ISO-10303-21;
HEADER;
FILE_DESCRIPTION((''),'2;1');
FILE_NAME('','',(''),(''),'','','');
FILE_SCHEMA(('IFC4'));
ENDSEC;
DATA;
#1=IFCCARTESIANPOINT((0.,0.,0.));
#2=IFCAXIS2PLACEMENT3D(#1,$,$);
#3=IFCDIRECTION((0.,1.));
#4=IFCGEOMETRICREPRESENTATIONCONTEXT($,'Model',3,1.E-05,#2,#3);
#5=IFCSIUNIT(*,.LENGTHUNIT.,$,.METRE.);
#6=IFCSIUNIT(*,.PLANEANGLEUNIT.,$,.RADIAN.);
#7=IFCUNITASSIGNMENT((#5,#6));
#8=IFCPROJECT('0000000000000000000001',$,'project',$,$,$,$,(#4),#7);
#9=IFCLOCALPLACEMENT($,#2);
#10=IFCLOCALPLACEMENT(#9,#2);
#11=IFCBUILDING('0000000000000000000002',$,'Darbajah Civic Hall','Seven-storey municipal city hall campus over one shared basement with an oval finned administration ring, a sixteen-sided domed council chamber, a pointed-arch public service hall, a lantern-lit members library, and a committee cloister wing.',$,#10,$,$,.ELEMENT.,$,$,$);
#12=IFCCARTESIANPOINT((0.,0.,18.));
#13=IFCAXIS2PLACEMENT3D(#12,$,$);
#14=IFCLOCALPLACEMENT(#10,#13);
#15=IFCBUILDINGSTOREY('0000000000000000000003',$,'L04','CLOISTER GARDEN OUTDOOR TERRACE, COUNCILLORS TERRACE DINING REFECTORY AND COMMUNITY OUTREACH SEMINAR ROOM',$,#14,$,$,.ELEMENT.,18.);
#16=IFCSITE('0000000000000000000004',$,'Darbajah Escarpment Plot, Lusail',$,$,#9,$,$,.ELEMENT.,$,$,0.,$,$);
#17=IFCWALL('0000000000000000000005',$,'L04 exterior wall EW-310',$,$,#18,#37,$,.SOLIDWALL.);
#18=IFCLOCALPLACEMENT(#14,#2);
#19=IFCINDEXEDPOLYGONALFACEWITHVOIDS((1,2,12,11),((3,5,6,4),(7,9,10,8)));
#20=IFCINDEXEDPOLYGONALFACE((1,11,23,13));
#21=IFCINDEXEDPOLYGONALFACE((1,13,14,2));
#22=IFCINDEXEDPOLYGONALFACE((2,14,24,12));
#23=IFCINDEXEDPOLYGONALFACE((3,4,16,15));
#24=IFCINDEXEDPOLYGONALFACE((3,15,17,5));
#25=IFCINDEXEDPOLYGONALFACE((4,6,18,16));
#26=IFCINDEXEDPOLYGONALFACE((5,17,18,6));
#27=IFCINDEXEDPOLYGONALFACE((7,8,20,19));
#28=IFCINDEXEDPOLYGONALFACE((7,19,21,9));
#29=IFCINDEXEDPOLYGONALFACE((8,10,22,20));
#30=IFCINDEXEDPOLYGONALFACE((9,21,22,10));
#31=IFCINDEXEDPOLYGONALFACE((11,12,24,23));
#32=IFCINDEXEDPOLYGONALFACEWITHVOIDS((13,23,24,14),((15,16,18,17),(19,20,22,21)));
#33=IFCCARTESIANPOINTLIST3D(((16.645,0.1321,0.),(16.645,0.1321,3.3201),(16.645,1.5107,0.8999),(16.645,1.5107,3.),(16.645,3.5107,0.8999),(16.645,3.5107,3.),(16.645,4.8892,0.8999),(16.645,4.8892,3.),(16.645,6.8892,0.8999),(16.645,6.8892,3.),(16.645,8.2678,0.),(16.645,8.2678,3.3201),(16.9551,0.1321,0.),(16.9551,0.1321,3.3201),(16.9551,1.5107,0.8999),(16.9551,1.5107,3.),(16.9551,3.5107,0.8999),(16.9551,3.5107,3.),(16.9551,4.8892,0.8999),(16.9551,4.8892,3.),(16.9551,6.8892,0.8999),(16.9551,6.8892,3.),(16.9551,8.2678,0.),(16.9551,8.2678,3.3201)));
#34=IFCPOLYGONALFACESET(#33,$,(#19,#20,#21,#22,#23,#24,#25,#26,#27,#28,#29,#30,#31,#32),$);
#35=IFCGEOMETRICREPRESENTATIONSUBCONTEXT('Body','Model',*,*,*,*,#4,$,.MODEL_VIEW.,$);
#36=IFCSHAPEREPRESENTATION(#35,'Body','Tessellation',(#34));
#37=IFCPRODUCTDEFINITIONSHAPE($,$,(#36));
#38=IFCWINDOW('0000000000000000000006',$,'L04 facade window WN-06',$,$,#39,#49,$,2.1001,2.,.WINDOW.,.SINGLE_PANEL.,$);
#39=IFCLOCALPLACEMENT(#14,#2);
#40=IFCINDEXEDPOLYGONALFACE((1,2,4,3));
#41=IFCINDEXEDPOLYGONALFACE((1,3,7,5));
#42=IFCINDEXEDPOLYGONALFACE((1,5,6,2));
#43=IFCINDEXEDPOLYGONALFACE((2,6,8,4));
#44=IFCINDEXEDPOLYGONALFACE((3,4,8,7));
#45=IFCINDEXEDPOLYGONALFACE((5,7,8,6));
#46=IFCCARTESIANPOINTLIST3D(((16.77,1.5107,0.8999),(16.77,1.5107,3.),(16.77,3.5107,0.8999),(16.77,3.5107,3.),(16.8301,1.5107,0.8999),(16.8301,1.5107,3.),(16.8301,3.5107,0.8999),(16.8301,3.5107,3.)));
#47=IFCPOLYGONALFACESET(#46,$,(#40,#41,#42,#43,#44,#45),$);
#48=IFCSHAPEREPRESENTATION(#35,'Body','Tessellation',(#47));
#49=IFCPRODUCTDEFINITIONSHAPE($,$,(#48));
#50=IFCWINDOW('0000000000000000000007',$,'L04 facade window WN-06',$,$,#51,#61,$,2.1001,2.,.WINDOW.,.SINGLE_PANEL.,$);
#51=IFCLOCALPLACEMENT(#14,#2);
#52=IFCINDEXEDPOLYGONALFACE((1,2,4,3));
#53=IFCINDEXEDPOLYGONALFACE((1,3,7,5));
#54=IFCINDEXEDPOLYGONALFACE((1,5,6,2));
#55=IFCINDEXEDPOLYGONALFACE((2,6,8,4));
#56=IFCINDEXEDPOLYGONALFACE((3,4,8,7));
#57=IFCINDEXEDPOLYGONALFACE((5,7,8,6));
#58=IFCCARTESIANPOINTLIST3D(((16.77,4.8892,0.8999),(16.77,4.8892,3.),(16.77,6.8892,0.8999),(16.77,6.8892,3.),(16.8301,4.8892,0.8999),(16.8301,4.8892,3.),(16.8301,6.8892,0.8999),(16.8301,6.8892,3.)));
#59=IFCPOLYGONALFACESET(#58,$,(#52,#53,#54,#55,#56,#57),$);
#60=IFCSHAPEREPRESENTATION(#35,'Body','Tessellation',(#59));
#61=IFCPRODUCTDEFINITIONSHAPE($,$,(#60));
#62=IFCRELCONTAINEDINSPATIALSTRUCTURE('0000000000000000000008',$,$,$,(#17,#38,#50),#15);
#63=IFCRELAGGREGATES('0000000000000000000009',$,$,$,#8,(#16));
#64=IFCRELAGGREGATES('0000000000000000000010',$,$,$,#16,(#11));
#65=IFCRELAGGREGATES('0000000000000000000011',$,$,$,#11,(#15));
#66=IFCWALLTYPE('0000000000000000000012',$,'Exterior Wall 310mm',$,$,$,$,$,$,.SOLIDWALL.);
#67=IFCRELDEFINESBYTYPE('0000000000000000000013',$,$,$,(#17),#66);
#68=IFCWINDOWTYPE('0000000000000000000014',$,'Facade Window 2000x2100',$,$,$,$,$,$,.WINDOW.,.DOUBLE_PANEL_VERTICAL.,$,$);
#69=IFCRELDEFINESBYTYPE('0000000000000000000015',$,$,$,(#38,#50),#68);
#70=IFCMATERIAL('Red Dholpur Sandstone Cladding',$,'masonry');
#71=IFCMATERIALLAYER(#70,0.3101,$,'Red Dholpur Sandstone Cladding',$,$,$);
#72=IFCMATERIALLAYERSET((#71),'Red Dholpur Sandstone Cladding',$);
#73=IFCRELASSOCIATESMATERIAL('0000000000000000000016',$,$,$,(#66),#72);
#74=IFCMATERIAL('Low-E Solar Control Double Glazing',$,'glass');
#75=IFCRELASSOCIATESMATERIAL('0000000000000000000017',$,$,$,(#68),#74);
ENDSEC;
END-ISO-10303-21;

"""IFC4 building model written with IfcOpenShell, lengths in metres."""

from ifc_helpers import new_model, si_unit, direction, frame, frame_2d, origin, place, context, subcontext, project, spatial, rectangle, extrude, material, layer, layer_set, type_object, element, fill, save


model = new_model("IFC4")

# Units and contexts
model_context = context("Model", 3, precision=1e-05, world=origin(), true_north=direction((0.0, 1.0)))
body_context = subcontext(model_context, "Body", "Model", "MODEL_VIEW")
ifc_project = project(units=[si_unit("LENGTHUNIT", "METRE"), si_unit("PLANEANGLEUNIT", "RADIAN")], contexts=[model_context])

# Site, building, storey
site_placement = place(None, origin())
site = spatial("IfcSite", under=ifc_project, at=site_placement, Name="Darbajah Escarpment Plot, Lusail", CompositionType="ELEMENT", RefElevation=0.0)
building_placement = place(site_placement, origin())
building = spatial("IfcBuilding", under=site, at=building_placement, Name="Darbajah Civic Hall", Description="Seven-storey municipal city hall campus over one shared basement with an oval finned administration ring, a sixteen-sided domed council chamber, a pointed-arch public service hall, a lantern-lit members library, and a committee cloister wing.", CompositionType="ELEMENT")
storey_placement = place(building_placement, frame((0.0, 0.0, 18.0)))
storey = spatial("IfcBuildingStorey", under=building, at=storey_placement, Name="L04", Description="CLOISTER GARDEN OUTDOOR TERRACE, COUNCILLORS TERRACE DINING REFECTORY AND COMMUNITY OUTREACH SEMINAR ROOM", CompositionType="ELEMENT", Elevation=18.0)

# Wall, openings, windows
ifc_material_1 = material(Name="Red Dholpur Sandstone Cladding", Category="masonry")
ifc_layer = layer(ifc_material_1, 0.3101, Name="Red Dholpur Sandstone Cladding")
ifc_layer_set = layer_set([ifc_layer], Name="Red Dholpur Sandstone Cladding")
wall_type = type_object("IfcWallType", Name="Exterior Wall 310mm", PredefinedType="SOLIDWALL", material=ifc_layer_set)
ifc_material_2 = material(Name="Low-E Solar Control Double Glazing", Category="glass")
wall_1_placement = place(storey_placement, frame((16.8, 0.1321, 0.0), z_axis=(0.0, 0.0, 1.0), x_axis=(0.0, 1.0, 0.0)))
wall_1 = element("IfcWall", 1, at=wall_1_placement, inside=storey, type_object=wall_type, Name="L04 exterior wall EW-310", PredefinedType="SOLIDWALL", context=body_context, shape_type="SweptSolid", body=[
    extrude(rectangle(XDim=8.1357, YDim=0.3101, at=frame_2d((4.0679, 0.0))), origin(), (0.0, 0.0, 1.0), 3.3201),
])
opening_1_placement = place(wall_1_placement, frame((1.3787, 0.0, 0.8999)))
opening_1 = element("IfcOpeningElement", 2, at=opening_1_placement, cuts=wall_1, PredefinedType="OPENING", context=body_context, shape_type="SweptSolid", body=[
    extrude(rectangle(XDim=2.0, YDim=2.1001, at=frame_2d((1.0, 1.05))), frame((0.0, 0.165, 0.0), z_axis=(0.0, -1.0, 0.0), x_axis=(1.0, 0.0, 0.0)), (0.0, 0.0, 1.0), 0.3301),
])
opening_2_placement = place(wall_1_placement, frame((4.7571, 0.0, 0.8999)))
opening_2 = element("IfcOpeningElement", 3, at=opening_2_placement, cuts=wall_1, PredefinedType="OPENING", context=body_context, shape_type="SweptSolid", body=[
    extrude(rectangle(XDim=2.0, YDim=2.1001, at=frame_2d((1.0, 1.05))), frame((0.0, 0.165, 0.0), z_axis=(0.0, -1.0, 0.0), x_axis=(1.0, 0.0, 0.0)), (0.0, 0.0, 1.0), 0.3301),
])
window_type_1 = type_object("IfcWindowType", Name="Facade Window 2000x2100", PartitioningType="DOUBLE_PANEL_VERTICAL", PredefinedType="WINDOW", material=ifc_material_2)
window_1_placement = place(opening_1_placement, origin())
window_1 = element("IfcWindow", 4, at=window_1_placement, inside=storey, type_object=window_type_1, Name="L04 facade window WN-06", OverallHeight=2.1001, OverallWidth=2.0, PartitioningType="SINGLE_PANEL", PredefinedType="WINDOW", context=body_context, shape_type="SweptSolid", body=[
    extrude(rectangle(XDim=2.0, YDim=2.1001, at=frame_2d((1.0, 1.05))), frame((0.0, 0.03, 0.0), z_axis=(0.0, -1.0, 0.0), x_axis=(1.0, 0.0, 0.0)), (0.0, 0.0, 1.0), 0.0601),
])
fill(opening_1, window_1)
window_2_placement = place(opening_2_placement, origin())
window_2 = element("IfcWindow", 5, at=window_2_placement, inside=storey, type_object=window_type_1, Name="L04 facade window WN-06", OverallHeight=2.1001, OverallWidth=2.0, PartitioningType="SINGLE_PANEL", PredefinedType="WINDOW", context=body_context, shape_type="SweptSolid", body=[
    extrude(rectangle(XDim=2.0, YDim=2.1001, at=frame_2d((1.0, 1.05))), frame((0.0, 0.03, 0.0), z_axis=(0.0, -1.0, 0.0), x_axis=(1.0, 0.0, 0.0)), (0.0, 0.0, 1.0), 0.0601),
])
fill(opening_2, window_2)

save(model, "model.ifc")
